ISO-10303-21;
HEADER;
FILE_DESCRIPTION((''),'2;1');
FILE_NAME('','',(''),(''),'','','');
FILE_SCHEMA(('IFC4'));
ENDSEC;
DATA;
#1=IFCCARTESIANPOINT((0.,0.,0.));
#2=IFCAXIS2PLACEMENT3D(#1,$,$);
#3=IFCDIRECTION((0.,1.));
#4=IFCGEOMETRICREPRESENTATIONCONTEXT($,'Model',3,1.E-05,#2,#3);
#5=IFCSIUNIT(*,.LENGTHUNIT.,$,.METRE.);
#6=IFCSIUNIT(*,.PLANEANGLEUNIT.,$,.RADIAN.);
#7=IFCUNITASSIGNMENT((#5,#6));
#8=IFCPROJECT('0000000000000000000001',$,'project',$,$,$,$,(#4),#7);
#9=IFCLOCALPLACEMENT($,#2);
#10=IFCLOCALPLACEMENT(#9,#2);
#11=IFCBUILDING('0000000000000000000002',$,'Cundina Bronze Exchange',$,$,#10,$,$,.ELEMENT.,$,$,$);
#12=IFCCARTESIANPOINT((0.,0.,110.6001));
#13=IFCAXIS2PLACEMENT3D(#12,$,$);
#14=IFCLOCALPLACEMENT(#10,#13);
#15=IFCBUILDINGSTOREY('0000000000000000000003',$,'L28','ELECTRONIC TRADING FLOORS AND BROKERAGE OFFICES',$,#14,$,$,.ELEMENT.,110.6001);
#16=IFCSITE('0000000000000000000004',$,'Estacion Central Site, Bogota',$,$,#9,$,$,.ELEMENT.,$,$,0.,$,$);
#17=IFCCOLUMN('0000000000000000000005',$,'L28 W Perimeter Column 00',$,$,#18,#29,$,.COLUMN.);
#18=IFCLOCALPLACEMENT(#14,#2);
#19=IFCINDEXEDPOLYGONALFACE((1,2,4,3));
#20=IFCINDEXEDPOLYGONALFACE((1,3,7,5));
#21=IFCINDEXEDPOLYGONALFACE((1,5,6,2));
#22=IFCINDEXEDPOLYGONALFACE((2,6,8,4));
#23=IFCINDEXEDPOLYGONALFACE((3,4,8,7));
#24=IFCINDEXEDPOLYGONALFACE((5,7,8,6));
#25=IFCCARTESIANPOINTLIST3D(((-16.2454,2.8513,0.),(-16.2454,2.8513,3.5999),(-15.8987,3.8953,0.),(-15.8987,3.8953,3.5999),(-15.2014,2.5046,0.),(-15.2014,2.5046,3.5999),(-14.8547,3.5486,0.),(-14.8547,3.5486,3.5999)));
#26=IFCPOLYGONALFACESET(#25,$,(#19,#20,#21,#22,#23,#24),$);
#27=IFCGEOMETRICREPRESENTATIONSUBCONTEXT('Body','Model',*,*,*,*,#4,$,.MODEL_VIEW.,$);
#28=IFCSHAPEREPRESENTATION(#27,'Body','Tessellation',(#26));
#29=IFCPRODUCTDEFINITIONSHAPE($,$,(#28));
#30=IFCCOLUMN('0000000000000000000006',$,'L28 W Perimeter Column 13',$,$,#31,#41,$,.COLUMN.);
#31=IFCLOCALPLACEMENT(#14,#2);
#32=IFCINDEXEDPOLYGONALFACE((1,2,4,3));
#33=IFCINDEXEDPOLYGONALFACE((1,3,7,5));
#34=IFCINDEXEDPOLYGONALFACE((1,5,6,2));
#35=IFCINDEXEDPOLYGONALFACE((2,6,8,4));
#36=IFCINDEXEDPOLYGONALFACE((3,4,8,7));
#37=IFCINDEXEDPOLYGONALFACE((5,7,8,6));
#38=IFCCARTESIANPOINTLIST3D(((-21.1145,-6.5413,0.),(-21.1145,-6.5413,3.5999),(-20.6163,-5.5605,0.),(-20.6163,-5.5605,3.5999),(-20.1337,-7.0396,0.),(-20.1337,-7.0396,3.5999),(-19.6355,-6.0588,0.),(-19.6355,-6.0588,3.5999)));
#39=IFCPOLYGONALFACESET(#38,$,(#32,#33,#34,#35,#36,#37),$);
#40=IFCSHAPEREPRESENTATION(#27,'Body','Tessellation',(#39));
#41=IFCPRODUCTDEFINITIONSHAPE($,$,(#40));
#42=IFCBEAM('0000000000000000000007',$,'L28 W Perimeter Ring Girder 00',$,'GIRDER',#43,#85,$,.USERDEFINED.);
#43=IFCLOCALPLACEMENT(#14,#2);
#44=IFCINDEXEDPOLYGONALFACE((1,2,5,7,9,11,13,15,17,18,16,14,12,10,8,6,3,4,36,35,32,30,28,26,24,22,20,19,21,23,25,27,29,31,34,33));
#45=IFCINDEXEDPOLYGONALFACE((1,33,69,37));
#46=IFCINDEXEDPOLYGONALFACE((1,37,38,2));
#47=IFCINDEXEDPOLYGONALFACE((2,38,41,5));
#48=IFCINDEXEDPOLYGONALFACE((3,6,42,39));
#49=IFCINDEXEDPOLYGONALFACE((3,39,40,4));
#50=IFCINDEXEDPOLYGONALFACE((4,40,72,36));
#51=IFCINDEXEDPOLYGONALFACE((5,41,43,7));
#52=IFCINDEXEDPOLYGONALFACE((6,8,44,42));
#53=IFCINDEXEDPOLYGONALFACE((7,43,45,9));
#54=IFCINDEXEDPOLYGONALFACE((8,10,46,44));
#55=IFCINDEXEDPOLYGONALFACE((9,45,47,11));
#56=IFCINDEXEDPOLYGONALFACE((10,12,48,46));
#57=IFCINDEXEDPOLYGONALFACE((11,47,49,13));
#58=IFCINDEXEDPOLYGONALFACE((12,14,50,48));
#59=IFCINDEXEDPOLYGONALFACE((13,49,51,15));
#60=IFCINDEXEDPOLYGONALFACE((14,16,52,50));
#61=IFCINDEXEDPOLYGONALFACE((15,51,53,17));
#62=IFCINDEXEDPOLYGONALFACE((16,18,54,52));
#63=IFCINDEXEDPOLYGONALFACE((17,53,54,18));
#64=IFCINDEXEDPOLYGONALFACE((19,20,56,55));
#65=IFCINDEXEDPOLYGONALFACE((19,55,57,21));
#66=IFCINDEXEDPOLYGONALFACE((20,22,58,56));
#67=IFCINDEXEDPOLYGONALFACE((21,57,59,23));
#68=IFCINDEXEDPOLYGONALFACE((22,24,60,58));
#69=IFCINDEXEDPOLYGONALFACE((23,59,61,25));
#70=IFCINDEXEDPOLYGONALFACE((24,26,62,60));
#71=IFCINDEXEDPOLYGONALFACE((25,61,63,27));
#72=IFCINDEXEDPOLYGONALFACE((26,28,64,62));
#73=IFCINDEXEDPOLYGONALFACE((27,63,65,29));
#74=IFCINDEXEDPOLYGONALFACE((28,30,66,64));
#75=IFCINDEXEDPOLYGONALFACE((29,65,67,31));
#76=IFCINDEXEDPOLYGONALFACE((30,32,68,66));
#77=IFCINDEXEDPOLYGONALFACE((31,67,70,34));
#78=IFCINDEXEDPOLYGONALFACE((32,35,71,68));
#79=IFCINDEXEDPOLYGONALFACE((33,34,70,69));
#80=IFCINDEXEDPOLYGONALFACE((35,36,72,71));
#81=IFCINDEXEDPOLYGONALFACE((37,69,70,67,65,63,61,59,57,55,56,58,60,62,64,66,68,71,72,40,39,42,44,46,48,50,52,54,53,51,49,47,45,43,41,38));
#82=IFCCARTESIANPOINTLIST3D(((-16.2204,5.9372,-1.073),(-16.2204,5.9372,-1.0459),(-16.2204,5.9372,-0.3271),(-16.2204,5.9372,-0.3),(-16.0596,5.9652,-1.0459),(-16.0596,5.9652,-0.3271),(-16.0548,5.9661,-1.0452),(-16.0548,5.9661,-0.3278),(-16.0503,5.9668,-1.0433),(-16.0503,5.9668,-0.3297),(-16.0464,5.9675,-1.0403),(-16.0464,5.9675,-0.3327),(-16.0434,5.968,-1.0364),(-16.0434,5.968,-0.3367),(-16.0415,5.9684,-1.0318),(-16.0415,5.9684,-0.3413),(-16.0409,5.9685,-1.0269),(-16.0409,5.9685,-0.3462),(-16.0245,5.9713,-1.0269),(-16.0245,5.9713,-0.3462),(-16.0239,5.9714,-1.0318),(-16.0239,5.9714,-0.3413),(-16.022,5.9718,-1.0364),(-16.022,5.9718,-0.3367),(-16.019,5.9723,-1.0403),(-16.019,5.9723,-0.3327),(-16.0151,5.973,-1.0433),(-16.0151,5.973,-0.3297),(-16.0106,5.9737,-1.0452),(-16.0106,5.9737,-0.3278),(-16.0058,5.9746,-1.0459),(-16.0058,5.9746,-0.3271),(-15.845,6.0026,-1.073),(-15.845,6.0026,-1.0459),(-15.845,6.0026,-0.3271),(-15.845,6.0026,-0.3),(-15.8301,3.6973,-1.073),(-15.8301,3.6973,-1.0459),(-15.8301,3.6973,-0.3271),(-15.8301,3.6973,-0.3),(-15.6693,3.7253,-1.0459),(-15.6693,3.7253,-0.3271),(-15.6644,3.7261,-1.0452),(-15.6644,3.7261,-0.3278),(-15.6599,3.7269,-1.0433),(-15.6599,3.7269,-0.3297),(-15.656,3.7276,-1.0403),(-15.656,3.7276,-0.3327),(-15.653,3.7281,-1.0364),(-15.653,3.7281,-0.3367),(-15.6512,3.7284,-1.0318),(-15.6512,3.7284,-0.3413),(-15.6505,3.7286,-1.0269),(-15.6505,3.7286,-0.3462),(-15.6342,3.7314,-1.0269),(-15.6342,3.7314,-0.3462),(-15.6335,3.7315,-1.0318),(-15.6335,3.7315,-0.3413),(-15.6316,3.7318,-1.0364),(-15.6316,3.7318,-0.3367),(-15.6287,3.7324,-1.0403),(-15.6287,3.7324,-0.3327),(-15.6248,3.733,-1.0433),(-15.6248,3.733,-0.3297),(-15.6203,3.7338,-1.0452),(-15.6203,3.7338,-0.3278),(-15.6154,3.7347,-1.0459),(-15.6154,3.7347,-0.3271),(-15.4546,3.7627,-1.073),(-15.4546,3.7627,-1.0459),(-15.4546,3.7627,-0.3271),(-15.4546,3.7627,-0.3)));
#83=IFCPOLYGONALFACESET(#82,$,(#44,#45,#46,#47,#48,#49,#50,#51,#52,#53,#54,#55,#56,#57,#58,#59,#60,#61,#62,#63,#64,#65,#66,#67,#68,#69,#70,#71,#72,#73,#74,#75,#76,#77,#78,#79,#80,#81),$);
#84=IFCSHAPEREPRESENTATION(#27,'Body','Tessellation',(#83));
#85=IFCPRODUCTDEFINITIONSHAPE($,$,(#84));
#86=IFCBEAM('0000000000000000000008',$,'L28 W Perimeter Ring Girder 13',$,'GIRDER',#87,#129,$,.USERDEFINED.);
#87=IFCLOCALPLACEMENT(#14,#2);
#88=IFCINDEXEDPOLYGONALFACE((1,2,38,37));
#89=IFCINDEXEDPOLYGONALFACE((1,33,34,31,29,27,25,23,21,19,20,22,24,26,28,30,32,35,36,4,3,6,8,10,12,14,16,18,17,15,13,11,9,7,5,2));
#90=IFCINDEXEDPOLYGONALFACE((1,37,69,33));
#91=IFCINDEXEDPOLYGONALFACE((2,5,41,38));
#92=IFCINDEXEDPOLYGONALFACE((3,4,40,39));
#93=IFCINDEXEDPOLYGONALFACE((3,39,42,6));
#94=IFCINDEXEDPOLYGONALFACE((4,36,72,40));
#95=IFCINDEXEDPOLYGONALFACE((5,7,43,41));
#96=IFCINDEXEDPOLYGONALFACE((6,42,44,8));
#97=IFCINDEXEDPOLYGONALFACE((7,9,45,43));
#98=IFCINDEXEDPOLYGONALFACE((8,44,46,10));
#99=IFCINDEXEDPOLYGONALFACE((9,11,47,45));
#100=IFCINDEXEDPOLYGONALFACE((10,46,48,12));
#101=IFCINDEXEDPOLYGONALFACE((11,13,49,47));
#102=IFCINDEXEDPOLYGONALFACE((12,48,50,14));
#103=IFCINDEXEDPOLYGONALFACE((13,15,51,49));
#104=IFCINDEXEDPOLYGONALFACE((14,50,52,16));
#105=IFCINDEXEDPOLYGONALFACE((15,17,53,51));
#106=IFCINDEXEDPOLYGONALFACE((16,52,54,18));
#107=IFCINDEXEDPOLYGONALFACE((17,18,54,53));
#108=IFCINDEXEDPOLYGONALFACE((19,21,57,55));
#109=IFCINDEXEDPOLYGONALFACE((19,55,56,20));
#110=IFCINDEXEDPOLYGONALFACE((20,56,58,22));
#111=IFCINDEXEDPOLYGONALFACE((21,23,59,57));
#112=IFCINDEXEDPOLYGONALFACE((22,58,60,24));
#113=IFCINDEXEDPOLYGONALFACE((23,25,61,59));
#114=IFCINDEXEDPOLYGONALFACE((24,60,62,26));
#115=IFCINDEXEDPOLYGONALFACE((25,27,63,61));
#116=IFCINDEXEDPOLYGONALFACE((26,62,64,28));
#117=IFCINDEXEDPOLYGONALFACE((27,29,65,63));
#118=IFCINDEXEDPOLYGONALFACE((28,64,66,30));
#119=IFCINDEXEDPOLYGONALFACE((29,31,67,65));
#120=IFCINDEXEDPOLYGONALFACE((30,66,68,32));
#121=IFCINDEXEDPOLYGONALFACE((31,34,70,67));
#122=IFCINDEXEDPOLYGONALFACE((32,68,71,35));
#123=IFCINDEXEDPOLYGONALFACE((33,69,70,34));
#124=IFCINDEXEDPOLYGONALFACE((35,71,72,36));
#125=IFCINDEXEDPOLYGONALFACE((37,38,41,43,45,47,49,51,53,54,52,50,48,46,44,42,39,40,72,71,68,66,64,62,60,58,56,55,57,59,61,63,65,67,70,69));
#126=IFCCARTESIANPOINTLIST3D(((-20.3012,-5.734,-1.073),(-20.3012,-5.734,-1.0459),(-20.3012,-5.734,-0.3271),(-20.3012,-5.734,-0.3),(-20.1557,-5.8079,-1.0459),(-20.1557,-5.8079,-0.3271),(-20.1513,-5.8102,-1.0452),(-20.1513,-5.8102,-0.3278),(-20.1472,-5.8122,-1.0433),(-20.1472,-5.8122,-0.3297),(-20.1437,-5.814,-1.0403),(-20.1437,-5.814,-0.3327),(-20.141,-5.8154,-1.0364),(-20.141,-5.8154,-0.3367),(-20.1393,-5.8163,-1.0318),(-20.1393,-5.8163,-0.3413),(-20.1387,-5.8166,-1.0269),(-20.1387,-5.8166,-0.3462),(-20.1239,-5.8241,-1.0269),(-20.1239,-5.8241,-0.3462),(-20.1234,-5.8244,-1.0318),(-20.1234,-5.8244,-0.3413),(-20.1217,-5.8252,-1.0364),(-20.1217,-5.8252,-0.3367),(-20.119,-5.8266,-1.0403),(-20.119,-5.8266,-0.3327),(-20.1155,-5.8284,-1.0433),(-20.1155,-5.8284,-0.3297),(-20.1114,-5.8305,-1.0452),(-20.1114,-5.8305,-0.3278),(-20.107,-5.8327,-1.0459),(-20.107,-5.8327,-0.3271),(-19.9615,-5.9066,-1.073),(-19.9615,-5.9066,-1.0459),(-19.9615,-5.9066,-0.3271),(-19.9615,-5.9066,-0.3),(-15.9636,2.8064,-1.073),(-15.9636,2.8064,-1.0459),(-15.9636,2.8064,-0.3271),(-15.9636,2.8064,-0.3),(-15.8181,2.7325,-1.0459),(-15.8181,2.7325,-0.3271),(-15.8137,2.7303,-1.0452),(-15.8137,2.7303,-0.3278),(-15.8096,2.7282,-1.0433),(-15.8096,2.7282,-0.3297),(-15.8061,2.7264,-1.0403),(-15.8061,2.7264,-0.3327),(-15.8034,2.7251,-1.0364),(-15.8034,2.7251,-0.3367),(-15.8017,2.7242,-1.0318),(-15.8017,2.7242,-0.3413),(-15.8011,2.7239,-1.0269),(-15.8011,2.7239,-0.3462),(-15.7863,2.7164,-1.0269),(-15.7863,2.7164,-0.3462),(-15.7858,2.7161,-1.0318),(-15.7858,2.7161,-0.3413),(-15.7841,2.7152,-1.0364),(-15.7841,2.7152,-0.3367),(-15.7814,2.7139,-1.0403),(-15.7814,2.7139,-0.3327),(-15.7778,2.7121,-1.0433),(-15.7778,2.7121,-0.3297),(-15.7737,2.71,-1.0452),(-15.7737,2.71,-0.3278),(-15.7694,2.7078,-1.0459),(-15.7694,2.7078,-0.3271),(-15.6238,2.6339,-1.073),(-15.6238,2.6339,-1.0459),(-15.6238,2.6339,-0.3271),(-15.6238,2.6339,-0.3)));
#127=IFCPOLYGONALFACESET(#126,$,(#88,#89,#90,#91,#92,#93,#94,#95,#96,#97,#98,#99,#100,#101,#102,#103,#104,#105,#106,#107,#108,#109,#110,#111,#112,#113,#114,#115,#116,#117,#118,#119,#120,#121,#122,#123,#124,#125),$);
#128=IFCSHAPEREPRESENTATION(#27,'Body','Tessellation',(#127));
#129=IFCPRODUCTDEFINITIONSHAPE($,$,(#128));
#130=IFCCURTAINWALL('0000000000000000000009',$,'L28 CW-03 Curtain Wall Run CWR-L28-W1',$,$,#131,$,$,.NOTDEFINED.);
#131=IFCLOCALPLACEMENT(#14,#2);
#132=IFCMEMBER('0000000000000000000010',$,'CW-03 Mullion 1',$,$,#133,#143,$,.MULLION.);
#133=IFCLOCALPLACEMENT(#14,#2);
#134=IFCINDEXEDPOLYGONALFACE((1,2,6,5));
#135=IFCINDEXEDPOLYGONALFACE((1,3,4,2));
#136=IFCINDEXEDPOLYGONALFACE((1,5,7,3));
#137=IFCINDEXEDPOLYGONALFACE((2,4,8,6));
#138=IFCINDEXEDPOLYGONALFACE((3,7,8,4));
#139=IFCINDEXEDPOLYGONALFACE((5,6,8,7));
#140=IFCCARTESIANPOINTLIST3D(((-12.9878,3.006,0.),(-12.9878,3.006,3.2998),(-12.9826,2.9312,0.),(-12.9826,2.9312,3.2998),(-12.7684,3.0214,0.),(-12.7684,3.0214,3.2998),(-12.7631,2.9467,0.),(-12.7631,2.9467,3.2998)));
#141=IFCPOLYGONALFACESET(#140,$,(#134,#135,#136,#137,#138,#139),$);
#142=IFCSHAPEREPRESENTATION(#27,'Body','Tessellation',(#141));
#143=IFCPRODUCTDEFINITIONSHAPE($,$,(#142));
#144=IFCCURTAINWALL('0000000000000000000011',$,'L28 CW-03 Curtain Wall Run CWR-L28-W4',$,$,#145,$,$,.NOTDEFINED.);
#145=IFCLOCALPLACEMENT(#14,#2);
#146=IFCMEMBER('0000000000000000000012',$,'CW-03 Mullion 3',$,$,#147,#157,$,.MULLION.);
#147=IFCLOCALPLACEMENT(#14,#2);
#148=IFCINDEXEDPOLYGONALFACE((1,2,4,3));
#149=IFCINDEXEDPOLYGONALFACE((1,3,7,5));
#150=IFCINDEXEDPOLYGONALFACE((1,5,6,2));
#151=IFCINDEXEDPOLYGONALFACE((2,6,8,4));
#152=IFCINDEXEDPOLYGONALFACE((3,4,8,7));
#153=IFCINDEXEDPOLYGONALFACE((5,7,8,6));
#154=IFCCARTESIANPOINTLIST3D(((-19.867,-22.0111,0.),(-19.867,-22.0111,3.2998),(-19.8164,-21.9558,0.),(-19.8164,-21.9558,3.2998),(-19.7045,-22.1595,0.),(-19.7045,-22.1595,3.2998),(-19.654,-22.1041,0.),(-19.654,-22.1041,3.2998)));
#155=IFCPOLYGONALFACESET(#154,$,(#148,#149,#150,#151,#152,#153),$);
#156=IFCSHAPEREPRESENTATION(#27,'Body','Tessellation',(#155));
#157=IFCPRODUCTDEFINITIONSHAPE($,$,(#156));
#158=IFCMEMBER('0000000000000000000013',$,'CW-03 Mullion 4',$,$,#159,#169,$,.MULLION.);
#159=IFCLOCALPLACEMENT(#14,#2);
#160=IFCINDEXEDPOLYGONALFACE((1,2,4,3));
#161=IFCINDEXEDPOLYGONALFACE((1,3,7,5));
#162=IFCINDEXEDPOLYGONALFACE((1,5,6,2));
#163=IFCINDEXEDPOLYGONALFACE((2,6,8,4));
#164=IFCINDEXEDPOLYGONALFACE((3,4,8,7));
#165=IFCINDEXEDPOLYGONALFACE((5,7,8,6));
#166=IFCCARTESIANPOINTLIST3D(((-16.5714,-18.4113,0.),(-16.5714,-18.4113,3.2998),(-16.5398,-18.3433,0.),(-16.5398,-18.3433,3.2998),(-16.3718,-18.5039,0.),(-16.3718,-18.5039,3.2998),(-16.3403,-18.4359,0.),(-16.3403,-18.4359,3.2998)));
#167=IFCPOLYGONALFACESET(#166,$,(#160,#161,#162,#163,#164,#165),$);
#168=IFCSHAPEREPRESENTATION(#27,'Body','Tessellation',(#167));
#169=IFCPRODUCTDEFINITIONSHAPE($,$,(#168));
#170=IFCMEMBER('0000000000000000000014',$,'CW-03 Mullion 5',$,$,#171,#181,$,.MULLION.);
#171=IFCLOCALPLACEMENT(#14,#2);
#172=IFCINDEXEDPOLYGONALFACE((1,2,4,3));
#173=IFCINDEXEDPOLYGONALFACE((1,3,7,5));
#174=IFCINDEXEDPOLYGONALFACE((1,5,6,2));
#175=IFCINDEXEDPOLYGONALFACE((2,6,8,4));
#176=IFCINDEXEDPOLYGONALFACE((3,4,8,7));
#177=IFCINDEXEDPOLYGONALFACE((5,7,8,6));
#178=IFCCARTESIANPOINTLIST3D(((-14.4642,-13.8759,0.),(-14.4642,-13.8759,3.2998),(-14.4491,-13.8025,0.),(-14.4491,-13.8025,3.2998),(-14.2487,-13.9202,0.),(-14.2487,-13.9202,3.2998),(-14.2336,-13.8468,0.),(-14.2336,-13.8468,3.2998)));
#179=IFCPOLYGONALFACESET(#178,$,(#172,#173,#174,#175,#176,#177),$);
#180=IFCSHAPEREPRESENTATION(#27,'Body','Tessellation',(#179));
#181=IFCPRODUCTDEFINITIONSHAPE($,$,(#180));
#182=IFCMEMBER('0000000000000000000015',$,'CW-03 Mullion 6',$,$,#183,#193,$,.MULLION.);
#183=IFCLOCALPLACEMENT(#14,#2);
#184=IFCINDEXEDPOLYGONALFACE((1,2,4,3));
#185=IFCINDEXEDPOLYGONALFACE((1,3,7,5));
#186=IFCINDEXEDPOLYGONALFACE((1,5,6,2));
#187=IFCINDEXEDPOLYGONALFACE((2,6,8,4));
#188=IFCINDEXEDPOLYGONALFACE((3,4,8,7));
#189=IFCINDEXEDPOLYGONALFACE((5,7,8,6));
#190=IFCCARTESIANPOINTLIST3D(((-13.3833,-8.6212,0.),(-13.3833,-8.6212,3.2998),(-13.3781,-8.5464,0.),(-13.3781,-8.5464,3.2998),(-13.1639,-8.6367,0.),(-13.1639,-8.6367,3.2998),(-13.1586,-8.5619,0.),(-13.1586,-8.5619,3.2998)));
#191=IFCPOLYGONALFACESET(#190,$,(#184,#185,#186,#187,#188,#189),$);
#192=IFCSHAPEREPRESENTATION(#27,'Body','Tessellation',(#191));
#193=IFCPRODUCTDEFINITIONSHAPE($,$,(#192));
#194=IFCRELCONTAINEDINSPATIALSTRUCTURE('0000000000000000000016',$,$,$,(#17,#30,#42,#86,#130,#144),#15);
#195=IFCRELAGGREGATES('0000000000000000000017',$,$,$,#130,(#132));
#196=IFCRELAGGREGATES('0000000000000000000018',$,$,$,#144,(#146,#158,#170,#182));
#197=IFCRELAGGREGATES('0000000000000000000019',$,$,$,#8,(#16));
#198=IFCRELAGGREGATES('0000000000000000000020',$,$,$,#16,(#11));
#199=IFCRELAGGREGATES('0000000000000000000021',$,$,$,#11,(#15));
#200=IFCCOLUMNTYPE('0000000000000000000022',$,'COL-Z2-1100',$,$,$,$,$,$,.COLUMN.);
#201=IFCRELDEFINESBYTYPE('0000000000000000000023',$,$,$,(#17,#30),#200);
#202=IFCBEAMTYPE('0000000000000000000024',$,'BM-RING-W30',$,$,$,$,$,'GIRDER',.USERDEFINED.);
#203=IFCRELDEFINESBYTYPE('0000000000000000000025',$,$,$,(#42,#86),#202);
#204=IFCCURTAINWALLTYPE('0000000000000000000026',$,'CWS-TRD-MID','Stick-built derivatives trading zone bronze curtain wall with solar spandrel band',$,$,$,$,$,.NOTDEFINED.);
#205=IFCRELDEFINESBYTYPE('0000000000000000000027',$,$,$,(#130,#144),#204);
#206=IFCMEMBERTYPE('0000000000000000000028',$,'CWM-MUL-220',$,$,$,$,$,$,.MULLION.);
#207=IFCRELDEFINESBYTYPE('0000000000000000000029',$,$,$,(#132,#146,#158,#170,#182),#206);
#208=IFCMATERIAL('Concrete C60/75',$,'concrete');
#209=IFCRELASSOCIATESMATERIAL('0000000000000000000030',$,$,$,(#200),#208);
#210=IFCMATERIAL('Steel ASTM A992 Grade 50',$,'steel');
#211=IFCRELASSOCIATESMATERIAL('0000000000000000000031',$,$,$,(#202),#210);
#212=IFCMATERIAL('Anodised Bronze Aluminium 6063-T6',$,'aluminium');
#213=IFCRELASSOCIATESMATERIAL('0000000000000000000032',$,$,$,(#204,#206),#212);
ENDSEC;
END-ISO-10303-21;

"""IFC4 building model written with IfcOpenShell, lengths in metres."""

from ifc_helpers import new_model, si_unit, direction, frame, origin, origin_2d, place, context, subcontext, project, spatial, rectangle, i_section, extrude, material, material_profile, profile_set, type_object, element, aggregate, save


model = new_model("IFC4")

# Units and contexts
model_context = context("Model", 3, precision=1e-05, world=origin(), true_north=direction((0.0, 1.0)))
body_context = subcontext(model_context, "Body", "Model", "MODEL_VIEW")
ifc_project = project(units=[si_unit("LENGTHUNIT", "METRE"), si_unit("PLANEANGLEUNIT", "RADIAN")], contexts=[model_context])

# Site, building, storey
site_placement = place(None, origin())
site = spatial("IfcSite", under=ifc_project, at=site_placement, Name="Estacion Central Site, Bogota", CompositionType="ELEMENT", RefElevation=0.0)
building_placement = place(site_placement, origin())
building = spatial("IfcBuilding", under=site, at=building_placement, Name="Cundina Bronze Exchange", CompositionType="ELEMENT")
storey_placement = place(building_placement, frame((0.0, 0.0, 110.6001)))
storey = spatial("IfcBuildingStorey", under=building, at=storey_placement, Name="L28", Description="ELECTRONIC TRADING FLOORS AND BROKERAGE OFFICES", CompositionType="ELEMENT", Elevation=110.6001)

# Columns
ifc_material_1 = material(Name="Concrete C60/75", Category="concrete")
ifc_material_profile_1 = material_profile(ifc_material_1, rectangle(XDim=1.1001, YDim=1.1001, at=origin_2d()), Name="RC1100X1100", Category="concrete")
ifc_profile_set_1 = profile_set([ifc_material_profile_1], Name="Concrete C60/75")
column_type = type_object("IfcColumnType", Name="COL-Z2-1100", PredefinedType="COLUMN", material=ifc_profile_set_1)
for number, where, z_axis, x_axis, name in (
    (1, (-15.55, 3.2, 0.0), (0.0, 0.0, 1.0), (0.315152, 0.949041, 0.0), "L28 W Perimeter Column 00"),
    (2, (-20.375, -6.3, 0.0), (0.0, 0.0, 1.0), (0.452902, 0.891561, 0.0), "L28 W Perimeter Column 13"),
):
    element("IfcColumn", number, at=place(storey_placement, frame(where, z_axis=z_axis, x_axis=x_axis)), inside=storey, type_object=column_type, Name=name, PredefinedType="COLUMN", context=body_context, shape_type="SweptSolid", body=[
        extrude(rectangle(XDim=1.1001, YDim=1.1001, at=origin_2d()), origin(), (0.0, 0.0, 1.0), 3.5999),
    ])

# Beams
ifc_material_2 = material(Name="Steel ASTM A992 Grade 50", Category="steel")
ifc_material_profile_2 = material_profile(ifc_material_2, i_section(OverallWidth=0.3811, OverallDepth=0.7729, WebThickness=0.0166, FlangeThickness=0.0271, FilletRadius=0.019, at=origin_2d()), Name="W30X173", Category="steel")
ifc_profile_set_2 = profile_set([ifc_material_profile_2], Name="Steel ASTM A992 Grade 50")
beam_type = type_object("IfcBeamType", Name="BM-RING-W30", ElementType="GIRDER", PredefinedType="USERDEFINED", material=ifc_profile_set_2)
beam_1_placement = place(storey_placement, frame((-15.6423, 3.73, -0.6865), z_axis=(-0.17169, 0.985151, 0.0), x_axis=(-0.985151, -0.17169, 0.0)))
element("IfcBeam", 3, at=beam_1_placement, inside=storey, type_object=beam_type, Name="L28 W Perimeter Ring Girder 00", ObjectType="GIRDER", PredefinedType="USERDEFINED", context=body_context, shape_type="SweptSolid", body=[
    extrude(i_section(OverallWidth=0.3811, OverallDepth=0.7729, WebThickness=0.0166, FlangeThickness=0.0271, FilletRadius=0.019, at=origin_2d()), origin(), (0.0, 0.0, 1.0), 2.2737),
])
beam_2_placement = place(storey_placement, frame((-20.1313, -5.8203, -0.6865), z_axis=(0.452832, 0.891596, 0.0), x_axis=(-0.891596, 0.452832, 0.0)))
element("IfcBeam", 4, at=beam_2_placement, inside=storey, type_object=beam_type, Name="L28 W Perimeter Ring Girder 13", ObjectType="GIRDER", PredefinedType="USERDEFINED", context=body_context, shape_type="SweptSolid", body=[
    extrude(i_section(OverallWidth=0.3811, OverallDepth=0.7729, WebThickness=0.0166, FlangeThickness=0.0271, FilletRadius=0.019, at=origin_2d()), origin(), (0.0, 0.0, 1.0), 9.5789),
])

# Curtain wall, member
ifc_material_3 = material(Name="Anodised Bronze Aluminium 6063-T6", Category="aluminium")
curtain_wall_type = type_object("IfcCurtainWallType", Name="CWS-TRD-MID", Description="Stick-built derivatives trading zone bronze curtain wall with solar spandrel band", PredefinedType="NOTDEFINED", material=ifc_material_3)
curtain_wall_1_placement = place(storey_placement, origin())
curtain_wall_1 = element("IfcCurtainWall", 5, at=curtain_wall_1_placement, inside=storey, type_object=curtain_wall_type, Name="L28 CW-03 Curtain Wall Run CWR-L28-W1", PredefinedType="NOTDEFINED")
ifc_material_profile_3 = material_profile(ifc_material_3, rectangle(XDim=0.075, YDim=0.22, at=origin_2d()), Name="AL75X220", Category="aluminium")
ifc_profile_set_3 = profile_set([ifc_material_profile_3], Name="Anodised Bronze Aluminium 6063-T6")
member_type_1 = type_object("IfcMemberType", Name="CWM-MUL-220", PredefinedType="MULLION", material=ifc_profile_set_3)
member_1_placement = place(storey_placement, frame((-12.8755, 2.9763, 0.0), z_axis=(0.0, 0.0, 1.0), x_axis=(-0.070279, 0.997527, 0.0)))
member_1 = element("IfcMember", 6, at=member_1_placement, type_object=member_type_1, Name="CW-03 Mullion 1", PredefinedType="MULLION", context=body_context, shape_type="SweptSolid", body=[
    extrude(rectangle(XDim=0.075, YDim=0.22, at=origin_2d()), origin(), (0.0, 0.0, 1.0), 3.2998),
])

# Curtain wall, members
curtain_wall_2_placement = place(storey_placement, origin())
curtain_wall_2 = element("IfcCurtainWall", 7, at=curtain_wall_2_placement, inside=storey, type_object=curtain_wall_type, Name="L28 CW-03 Curtain Wall Run CWR-L28-W4", PredefinedType="NOTDEFINED")
member_2_placement = place(storey_placement, frame((-19.7605, -22.0576, 0.0), z_axis=(0.0, 0.0, 1.0), x_axis=(0.674302, 0.738455, 0.0)))
member_2 = element("IfcMember", 8, at=member_2_placement, type_object=member_type_1, Name="CW-03 Mullion 3", PredefinedType="MULLION", context=body_context, shape_type="SweptSolid", body=[
    extrude(rectangle(XDim=0.075, YDim=0.22, at=origin_2d()), origin(), (0.0, 0.0, 1.0), 3.2998),
])
member_3_placement = place(storey_placement, frame((-16.4558, -18.4236, 0.0), z_axis=(0.0, 0.0, 1.0), x_axis=(0.420877, 0.907117, 0.0)))
member_3 = element("IfcMember", 9, at=member_3_placement, type_object=member_type_1, Name="CW-03 Mullion 4", PredefinedType="MULLION", context=body_context, shape_type="SweptSolid", body=[
    extrude(rectangle(XDim=0.075, YDim=0.22, at=origin_2d()), origin(), (0.0, 0.0, 1.0), 3.2998),
])
member_4_placement = place(storey_placement, frame((-14.3489, -13.8613, 0.0), z_axis=(0.0, 0.0, 1.0), x_axis=(0.20142, 0.979505, 0.0)))
member_4 = element("IfcMember", 10, at=member_4_placement, type_object=member_type_1, Name="CW-03 Mullion 5", PredefinedType="MULLION", context=body_context, shape_type="SweptSolid", body=[
    extrude(rectangle(XDim=0.075, YDim=0.22, at=origin_2d()), origin(), (0.0, 0.0, 1.0), 3.2998),
])
member_5_placement = place(storey_placement, frame((-13.271, -8.5916, 0.0), z_axis=(0.0, 0.0, 1.0), x_axis=(0.070279, 0.997527, 0.0)))
member_5 = element("IfcMember", 11, at=member_5_placement, type_object=member_type_1, Name="CW-03 Mullion 6", PredefinedType="MULLION", context=body_context, shape_type="SweptSolid", body=[
    extrude(rectangle(XDim=0.075, YDim=0.22, at=origin_2d()), origin(), (0.0, 0.0, 1.0), 3.2998),
])

aggregate(curtain_wall_1, [member_1])

aggregate(curtain_wall_2, [member_2, member_3, member_4, member_5])

save(model, "model.ifc")
